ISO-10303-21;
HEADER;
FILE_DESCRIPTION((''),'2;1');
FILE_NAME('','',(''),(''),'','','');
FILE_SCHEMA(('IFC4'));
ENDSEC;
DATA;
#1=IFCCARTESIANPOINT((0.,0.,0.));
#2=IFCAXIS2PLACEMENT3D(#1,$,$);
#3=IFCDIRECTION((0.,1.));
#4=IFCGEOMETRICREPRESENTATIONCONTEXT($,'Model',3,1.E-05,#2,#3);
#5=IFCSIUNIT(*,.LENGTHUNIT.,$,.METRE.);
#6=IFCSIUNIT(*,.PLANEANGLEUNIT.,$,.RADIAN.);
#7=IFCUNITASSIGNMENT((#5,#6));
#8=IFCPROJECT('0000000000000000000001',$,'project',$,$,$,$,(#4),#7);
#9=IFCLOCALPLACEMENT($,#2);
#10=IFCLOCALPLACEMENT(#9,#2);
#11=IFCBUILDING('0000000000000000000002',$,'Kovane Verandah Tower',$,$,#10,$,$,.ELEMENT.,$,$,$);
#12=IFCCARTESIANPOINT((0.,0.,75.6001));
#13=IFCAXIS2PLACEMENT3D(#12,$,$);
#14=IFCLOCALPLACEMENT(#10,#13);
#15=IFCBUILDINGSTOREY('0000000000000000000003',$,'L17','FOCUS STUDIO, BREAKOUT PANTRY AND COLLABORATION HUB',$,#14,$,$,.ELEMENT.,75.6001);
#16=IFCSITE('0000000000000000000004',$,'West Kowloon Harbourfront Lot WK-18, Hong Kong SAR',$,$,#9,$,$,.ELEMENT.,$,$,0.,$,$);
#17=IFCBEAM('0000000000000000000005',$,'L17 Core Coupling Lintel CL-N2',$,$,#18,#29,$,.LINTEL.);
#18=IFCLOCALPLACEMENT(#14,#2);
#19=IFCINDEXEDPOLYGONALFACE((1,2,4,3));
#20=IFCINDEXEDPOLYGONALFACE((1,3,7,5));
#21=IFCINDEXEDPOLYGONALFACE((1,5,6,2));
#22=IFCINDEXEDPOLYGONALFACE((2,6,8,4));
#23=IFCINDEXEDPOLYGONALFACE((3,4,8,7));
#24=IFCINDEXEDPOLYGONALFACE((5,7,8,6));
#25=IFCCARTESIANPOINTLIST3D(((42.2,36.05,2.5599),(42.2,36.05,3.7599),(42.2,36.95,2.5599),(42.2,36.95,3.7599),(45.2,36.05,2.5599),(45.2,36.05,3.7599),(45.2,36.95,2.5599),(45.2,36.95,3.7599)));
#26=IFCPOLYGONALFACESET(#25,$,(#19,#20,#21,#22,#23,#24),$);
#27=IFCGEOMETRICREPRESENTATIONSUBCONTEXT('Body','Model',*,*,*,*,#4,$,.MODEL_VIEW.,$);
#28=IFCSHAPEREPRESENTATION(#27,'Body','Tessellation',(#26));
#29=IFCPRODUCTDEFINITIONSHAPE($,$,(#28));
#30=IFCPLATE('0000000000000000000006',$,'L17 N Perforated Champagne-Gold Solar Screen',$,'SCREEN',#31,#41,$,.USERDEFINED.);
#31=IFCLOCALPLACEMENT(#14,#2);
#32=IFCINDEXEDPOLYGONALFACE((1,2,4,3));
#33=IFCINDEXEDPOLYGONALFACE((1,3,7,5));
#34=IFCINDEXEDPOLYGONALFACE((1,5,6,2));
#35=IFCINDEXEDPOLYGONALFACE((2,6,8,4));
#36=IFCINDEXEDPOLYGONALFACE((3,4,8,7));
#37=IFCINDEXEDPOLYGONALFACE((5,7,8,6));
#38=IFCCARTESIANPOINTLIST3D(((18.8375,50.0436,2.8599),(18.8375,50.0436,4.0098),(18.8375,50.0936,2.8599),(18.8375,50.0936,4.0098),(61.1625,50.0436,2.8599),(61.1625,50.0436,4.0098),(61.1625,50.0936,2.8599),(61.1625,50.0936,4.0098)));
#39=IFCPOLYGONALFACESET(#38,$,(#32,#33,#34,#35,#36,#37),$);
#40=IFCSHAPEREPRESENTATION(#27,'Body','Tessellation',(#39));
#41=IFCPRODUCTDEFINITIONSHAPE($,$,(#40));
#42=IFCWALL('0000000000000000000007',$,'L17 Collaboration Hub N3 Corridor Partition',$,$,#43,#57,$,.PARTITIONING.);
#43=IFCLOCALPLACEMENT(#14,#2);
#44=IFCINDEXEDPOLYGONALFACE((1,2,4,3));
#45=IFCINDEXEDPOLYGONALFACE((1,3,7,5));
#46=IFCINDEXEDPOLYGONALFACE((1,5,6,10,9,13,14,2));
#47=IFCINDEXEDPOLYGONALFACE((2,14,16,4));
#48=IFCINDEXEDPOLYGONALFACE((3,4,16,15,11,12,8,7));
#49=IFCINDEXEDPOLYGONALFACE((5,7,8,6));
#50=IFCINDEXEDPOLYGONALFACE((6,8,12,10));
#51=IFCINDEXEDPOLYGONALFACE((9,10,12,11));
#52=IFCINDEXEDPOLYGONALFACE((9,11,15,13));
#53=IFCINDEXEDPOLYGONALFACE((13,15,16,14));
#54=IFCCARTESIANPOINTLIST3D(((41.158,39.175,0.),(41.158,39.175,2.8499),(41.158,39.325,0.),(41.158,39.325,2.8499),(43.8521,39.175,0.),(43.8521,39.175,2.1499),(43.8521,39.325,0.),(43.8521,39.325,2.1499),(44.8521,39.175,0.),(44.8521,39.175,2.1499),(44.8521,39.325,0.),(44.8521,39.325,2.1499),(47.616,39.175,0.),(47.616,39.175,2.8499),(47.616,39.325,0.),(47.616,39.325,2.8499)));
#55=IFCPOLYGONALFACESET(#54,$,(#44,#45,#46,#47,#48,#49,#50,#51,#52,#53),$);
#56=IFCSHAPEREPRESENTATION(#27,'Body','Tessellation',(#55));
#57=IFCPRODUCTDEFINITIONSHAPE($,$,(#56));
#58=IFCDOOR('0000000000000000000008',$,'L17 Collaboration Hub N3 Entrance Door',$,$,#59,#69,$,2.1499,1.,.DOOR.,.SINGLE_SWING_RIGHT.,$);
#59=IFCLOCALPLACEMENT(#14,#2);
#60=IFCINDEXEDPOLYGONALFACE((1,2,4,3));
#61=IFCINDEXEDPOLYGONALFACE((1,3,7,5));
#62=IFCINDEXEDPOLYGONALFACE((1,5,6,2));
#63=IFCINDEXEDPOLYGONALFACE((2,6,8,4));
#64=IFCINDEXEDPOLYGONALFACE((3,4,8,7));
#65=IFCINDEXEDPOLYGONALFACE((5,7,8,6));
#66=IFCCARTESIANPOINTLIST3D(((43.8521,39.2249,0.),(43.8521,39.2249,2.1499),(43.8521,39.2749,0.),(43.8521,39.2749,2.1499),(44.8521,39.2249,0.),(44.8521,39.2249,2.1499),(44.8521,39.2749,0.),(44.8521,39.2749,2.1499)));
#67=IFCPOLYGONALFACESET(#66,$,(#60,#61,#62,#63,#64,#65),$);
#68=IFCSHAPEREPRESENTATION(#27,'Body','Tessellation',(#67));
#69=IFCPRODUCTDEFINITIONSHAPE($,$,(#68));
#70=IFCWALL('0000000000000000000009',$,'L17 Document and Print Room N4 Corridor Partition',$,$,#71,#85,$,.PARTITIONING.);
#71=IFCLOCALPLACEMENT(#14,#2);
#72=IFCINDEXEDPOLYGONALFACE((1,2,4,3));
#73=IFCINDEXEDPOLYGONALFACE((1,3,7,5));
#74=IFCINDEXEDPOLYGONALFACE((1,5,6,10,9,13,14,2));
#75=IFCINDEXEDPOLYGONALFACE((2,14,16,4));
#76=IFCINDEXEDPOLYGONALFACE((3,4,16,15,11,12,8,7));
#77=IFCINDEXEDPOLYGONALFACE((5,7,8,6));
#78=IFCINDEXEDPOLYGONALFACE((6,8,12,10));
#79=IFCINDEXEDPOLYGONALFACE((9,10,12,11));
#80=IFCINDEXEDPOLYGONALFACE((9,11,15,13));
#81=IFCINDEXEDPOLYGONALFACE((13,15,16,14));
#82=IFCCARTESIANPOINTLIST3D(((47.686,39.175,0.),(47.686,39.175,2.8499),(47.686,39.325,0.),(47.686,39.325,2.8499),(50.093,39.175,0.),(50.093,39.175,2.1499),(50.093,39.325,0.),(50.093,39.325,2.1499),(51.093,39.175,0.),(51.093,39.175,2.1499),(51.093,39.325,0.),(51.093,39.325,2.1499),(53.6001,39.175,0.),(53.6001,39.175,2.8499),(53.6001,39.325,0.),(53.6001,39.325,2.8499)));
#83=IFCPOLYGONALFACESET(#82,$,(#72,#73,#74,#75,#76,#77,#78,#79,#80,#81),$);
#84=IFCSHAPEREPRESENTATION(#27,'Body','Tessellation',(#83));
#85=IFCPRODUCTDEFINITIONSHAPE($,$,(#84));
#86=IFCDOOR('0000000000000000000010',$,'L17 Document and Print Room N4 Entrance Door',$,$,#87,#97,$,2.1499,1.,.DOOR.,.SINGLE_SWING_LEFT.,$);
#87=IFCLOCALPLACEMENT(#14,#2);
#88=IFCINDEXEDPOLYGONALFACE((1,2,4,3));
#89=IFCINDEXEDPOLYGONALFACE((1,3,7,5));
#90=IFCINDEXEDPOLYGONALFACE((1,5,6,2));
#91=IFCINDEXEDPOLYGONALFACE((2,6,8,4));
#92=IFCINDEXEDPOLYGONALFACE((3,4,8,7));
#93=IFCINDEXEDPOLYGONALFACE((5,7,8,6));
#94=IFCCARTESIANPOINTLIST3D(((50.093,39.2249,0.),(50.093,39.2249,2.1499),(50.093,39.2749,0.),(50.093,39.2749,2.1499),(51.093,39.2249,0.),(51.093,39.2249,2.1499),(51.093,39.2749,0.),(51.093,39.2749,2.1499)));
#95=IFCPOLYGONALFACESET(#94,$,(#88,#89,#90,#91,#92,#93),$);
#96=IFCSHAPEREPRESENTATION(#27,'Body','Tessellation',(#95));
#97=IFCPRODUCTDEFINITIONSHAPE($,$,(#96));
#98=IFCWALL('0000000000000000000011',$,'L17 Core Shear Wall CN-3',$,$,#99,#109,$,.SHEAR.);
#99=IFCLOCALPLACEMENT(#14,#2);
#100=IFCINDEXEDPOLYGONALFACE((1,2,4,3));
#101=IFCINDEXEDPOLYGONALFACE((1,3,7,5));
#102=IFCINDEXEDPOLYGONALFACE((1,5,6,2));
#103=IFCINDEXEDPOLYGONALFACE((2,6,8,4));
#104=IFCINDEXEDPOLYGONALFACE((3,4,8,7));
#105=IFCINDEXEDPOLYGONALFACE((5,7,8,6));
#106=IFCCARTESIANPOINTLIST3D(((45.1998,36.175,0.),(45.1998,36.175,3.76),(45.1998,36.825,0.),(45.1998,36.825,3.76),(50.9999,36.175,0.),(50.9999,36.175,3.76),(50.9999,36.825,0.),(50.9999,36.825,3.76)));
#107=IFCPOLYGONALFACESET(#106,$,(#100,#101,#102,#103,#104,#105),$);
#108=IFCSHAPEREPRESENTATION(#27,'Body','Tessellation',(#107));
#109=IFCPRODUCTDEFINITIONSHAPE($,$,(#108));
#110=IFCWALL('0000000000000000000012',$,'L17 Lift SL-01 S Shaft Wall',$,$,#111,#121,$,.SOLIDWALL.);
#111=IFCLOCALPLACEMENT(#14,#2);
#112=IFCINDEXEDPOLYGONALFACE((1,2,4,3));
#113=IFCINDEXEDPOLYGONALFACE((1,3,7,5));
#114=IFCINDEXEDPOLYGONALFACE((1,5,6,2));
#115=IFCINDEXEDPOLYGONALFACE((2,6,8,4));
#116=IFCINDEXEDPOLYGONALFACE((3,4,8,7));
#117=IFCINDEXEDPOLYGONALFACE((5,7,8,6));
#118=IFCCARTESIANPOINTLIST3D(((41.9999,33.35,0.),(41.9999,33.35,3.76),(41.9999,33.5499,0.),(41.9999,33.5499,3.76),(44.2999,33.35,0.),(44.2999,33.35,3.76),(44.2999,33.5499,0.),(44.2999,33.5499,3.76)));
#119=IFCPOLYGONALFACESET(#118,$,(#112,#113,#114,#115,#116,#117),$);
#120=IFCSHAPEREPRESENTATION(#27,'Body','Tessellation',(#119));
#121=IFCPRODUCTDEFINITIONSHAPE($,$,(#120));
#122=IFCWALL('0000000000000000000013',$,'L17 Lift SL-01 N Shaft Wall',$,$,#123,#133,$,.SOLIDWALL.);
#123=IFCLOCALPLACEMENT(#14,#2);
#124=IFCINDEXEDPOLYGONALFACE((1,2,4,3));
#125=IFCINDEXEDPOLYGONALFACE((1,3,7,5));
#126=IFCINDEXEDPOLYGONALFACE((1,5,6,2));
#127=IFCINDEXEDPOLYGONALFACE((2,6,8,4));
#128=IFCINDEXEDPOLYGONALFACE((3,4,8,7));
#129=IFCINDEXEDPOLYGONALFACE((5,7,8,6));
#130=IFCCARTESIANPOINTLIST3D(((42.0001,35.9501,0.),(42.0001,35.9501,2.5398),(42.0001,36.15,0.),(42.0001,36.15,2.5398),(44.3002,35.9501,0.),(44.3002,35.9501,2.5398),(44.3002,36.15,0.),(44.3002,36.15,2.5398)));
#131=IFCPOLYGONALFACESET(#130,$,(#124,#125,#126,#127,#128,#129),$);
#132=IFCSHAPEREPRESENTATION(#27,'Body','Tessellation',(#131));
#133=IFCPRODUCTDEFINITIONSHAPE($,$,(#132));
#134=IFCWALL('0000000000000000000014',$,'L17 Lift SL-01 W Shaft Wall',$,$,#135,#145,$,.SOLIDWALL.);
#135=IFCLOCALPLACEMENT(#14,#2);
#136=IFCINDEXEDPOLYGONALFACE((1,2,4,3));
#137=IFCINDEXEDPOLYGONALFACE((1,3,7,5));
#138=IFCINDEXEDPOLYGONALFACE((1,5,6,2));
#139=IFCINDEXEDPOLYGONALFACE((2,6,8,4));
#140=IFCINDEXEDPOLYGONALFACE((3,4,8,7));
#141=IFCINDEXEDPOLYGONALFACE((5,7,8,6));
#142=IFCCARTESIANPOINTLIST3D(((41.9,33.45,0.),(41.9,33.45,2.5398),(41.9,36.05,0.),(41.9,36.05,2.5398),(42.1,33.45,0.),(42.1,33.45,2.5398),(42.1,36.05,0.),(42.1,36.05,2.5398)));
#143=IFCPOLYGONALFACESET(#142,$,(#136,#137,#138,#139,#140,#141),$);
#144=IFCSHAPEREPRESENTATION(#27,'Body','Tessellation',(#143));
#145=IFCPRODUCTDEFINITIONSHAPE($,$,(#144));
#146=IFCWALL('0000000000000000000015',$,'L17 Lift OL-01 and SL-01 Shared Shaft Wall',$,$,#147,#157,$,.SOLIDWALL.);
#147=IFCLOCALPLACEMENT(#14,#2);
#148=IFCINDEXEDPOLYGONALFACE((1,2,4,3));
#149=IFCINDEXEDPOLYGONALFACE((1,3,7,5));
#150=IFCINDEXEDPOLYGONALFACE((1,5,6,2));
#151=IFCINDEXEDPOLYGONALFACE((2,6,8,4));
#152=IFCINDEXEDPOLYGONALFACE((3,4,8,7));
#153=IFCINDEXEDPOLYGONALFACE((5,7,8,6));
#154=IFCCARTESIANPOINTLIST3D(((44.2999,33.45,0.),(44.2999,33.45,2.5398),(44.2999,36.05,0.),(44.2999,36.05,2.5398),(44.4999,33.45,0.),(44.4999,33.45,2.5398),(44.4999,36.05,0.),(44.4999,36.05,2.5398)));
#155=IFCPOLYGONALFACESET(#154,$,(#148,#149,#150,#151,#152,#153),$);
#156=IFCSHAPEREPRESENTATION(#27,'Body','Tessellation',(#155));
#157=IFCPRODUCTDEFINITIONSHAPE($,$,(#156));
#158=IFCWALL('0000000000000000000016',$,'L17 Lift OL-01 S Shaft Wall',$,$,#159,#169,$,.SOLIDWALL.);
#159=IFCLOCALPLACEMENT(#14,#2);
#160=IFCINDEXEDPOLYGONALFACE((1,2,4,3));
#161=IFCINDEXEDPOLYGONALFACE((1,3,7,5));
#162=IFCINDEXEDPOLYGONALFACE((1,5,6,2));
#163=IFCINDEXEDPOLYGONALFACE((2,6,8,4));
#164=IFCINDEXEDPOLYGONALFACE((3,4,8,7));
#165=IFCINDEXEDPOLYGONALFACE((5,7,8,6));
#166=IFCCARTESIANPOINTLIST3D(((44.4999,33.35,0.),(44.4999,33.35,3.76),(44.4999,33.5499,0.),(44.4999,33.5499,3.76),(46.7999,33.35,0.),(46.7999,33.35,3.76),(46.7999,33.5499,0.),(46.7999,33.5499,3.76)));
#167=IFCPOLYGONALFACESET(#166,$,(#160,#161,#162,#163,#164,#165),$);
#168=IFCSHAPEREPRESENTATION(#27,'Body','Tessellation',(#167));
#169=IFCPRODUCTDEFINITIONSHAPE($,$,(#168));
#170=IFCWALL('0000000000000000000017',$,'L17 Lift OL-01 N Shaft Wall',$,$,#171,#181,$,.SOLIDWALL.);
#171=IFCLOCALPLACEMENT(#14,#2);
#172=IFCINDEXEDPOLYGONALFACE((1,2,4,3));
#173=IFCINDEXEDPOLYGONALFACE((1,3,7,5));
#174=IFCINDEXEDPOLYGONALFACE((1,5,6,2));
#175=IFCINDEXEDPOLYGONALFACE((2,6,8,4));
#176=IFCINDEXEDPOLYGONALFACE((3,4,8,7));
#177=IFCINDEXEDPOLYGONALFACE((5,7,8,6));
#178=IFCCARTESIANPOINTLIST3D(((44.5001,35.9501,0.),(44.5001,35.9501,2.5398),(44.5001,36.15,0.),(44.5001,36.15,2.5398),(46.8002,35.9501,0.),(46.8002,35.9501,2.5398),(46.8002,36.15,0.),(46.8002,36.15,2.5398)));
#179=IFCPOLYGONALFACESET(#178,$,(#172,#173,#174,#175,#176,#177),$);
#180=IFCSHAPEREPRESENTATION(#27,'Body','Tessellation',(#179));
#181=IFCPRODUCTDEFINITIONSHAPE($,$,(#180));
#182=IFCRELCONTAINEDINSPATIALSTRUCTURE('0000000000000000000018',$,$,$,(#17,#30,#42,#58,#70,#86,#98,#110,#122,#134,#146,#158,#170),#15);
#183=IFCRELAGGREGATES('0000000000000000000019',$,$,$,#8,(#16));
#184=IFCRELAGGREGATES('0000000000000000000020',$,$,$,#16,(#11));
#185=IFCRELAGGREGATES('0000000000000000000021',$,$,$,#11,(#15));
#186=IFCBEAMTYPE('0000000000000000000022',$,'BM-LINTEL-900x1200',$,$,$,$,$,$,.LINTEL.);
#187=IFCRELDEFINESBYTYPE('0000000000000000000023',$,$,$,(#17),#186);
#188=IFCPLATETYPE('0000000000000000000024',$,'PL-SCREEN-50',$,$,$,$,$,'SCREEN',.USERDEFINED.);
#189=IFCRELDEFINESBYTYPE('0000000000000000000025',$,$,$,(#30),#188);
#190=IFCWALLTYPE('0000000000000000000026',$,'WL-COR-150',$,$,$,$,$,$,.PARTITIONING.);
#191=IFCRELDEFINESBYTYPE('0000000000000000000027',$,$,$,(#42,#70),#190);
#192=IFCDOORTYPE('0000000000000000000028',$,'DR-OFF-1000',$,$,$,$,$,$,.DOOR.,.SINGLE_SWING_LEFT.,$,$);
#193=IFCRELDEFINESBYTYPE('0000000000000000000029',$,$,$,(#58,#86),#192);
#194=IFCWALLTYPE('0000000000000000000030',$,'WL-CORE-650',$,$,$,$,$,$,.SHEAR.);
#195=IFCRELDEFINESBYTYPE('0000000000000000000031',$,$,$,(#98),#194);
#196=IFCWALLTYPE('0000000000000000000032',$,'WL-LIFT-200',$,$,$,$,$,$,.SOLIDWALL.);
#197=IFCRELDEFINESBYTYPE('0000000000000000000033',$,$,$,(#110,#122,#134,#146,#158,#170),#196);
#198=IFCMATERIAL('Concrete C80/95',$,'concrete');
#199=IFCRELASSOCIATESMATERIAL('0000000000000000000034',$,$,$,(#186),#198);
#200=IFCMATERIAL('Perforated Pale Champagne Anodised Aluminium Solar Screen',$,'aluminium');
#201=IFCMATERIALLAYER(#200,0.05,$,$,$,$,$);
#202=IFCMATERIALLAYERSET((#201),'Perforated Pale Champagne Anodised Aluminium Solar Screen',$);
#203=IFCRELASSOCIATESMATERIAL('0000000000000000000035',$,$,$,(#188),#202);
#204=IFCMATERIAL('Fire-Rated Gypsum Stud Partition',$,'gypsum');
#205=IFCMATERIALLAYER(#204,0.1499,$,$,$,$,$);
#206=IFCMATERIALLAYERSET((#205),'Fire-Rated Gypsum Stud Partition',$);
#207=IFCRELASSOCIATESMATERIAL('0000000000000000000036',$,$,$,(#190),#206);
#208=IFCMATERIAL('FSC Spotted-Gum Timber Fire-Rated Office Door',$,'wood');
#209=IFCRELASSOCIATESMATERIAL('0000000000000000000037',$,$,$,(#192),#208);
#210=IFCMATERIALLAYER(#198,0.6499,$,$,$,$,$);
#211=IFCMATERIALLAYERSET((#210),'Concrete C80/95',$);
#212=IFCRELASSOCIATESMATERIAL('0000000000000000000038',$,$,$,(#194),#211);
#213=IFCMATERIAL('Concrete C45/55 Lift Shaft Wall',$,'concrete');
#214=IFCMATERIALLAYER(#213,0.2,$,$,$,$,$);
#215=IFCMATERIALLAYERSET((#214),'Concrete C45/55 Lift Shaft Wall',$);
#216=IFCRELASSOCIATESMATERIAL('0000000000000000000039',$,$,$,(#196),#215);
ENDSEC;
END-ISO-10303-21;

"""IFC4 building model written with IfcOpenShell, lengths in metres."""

from ifc_helpers import new_model, si_unit, direction, frame, frame_2d, origin, origin_2d, place, context, subcontext, project, spatial, rectangle, extrude, material, layer, layer_set, material_profile, profile_set, type_object, element, fill, save


model = new_model("IFC4")

# Units and contexts
model_context = context("Model", 3, precision=1e-05, world=origin(), true_north=direction((0.0, 1.0)))
body_context = subcontext(model_context, "Body", "Model", "MODEL_VIEW")
ifc_project = project(units=[si_unit("LENGTHUNIT", "METRE"), si_unit("PLANEANGLEUNIT", "RADIAN")], contexts=[model_context])

# Site, building, storey
site_placement = place(None, origin())
site = spatial("IfcSite", under=ifc_project, at=site_placement, Name="West Kowloon Harbourfront Lot WK-18, Hong Kong SAR", CompositionType="ELEMENT", RefElevation=0.0)
building_placement = place(site_placement, origin())
building = spatial("IfcBuilding", under=site, at=building_placement, Name="Kovane Verandah Tower", CompositionType="ELEMENT")
storey_placement = place(building_placement, frame((0.0, 0.0, 75.6001)))
storey = spatial("IfcBuildingStorey", under=building, at=storey_placement, Name="L17", Description="FOCUS STUDIO, BREAKOUT PANTRY AND COLLABORATION HUB", CompositionType="ELEMENT", Elevation=75.6001)

# Beam
ifc_material_1 = material(Name="Concrete C80/95", Category="concrete")
ifc_material_profile = material_profile(ifc_material_1, rectangle(XDim=0.8999, YDim=1.2, at=origin_2d()), Name="RCB900x1200")
ifc_profile_set = profile_set([ifc_material_profile], Name="Concrete C80/95")
beam_type = type_object("IfcBeamType", Name="BM-LINTEL-900x1200", PredefinedType="LINTEL", material=ifc_profile_set)
beam_placement = place(storey_placement, frame((42.2, 36.5, 3.1599), z_axis=(1.0, 0.0, 0.0), x_axis=(0.0, 1.0, 0.0)))
element("IfcBeam", 1, at=beam_placement, inside=storey, type_object=beam_type, Name="L17 Core Coupling Lintel CL-N2", PredefinedType="LINTEL", context=body_context, shape_type="SweptSolid", body=[
    extrude(rectangle(XDim=0.8999, YDim=1.2, at=origin_2d()), origin(), (0.0, 0.0, 1.0), 3.0),
])

# Plate
ifc_material_2 = material(Name="Perforated Pale Champagne Anodised Aluminium Solar Screen", Category="aluminium")
ifc_layer_1 = layer(ifc_material_2, 0.05)
ifc_layer_set_1 = layer_set([ifc_layer_1], Name="Perforated Pale Champagne Anodised Aluminium Solar Screen")
plate_type = type_object("IfcPlateType", Name="PL-SCREEN-50", ElementType="SCREEN", PredefinedType="USERDEFINED", material=ifc_layer_set_1)
plate_placement = place(storey_placement, frame((40.0, 50.0686, 2.8599), z_axis=(0.0, 0.0, 1.0), x_axis=(-1.0, 0.0, 0.0)))
element("IfcPlate", 2, at=plate_placement, inside=storey, type_object=plate_type, Name="L17 N Perforated Champagne-Gold Solar Screen", ObjectType="SCREEN", PredefinedType="USERDEFINED", context=body_context, shape_type="SweptSolid", body=[
    extrude(rectangle(XDim=42.325, YDim=0.05, at=origin_2d()), origin(), (0.0, 0.0, 1.0), 1.1499),
])

# Walls, openings, doors
ifc_material_3 = material(Name="Fire-Rated Gypsum Stud Partition", Category="gypsum")
ifc_layer_2 = layer(ifc_material_3, 0.1499)
ifc_layer_set_2 = layer_set([ifc_layer_2], Name="Fire-Rated Gypsum Stud Partition")
wall_type_1 = type_object("IfcWallType", Name="WL-COR-150", PredefinedType="PARTITIONING", material=ifc_layer_set_2)
wall_1_placement = place(storey_placement, frame((41.158, 39.25, 0.0), z_axis=(0.0, 0.0, 1.0), x_axis=(1.0, 0.0, 0.0)))
wall_1 = element("IfcWall", 3, at=wall_1_placement, inside=storey, type_object=wall_type_1, Name="L17 Collaboration Hub N3 Corridor Partition", PredefinedType="PARTITIONING", context=body_context, shape_type="SweptSolid", body=[
    extrude(rectangle(XDim=6.458, YDim=0.1499, at=frame_2d((3.229, 0.0))), origin(), (0.0, 0.0, 1.0), 2.8499),
])
opening_1_placement = place(wall_1_placement, frame((2.6941, 0.0, 0.0)))
opening_1 = element("IfcOpeningElement", 4, at=opening_1_placement, cuts=wall_1, PredefinedType="OPENING", context=body_context, shape_type="SweptSolid", body=[
    extrude(rectangle(XDim=1.0, YDim=2.1499, at=frame_2d((0.5, 1.075))), frame((0.0, 0.075, 0.0), z_axis=(0.0, -1.0, 0.0), x_axis=(1.0, 0.0, 0.0)), (0.0, 0.0, 1.0), 0.1499),
])
ifc_material_4 = material(Name="FSC Spotted-Gum Timber Fire-Rated Office Door", Category="wood")
door_type = type_object("IfcDoorType", Name="DR-OFF-1000", OperationType="SINGLE_SWING_LEFT", PredefinedType="DOOR", material=ifc_material_4)
door_1_placement = place(opening_1_placement, origin())
door_1 = element("IfcDoor", 5, at=door_1_placement, inside=storey, type_object=door_type, Name="L17 Collaboration Hub N3 Entrance Door", OperationType="SINGLE_SWING_RIGHT", OverallHeight=2.1499, OverallWidth=1.0, PredefinedType="DOOR", context=body_context, shape_type="SweptSolid", body=[
    extrude(rectangle(XDim=1.0, YDim=2.1499, at=frame_2d((0.5, 1.075))), frame((0.0, 0.0249, 0.0), z_axis=(0.0, -1.0, 0.0), x_axis=(1.0, 0.0, 0.0)), (0.0, 0.0, 1.0), 0.05),
])
fill(opening_1, door_1)
wall_2_placement = place(storey_placement, frame((47.686, 39.25, 0.0), z_axis=(0.0, 0.0, 1.0), x_axis=(1.0, 0.0, 0.0)))
wall_2 = element("IfcWall", 6, at=wall_2_placement, inside=storey, type_object=wall_type_1, Name="L17 Document and Print Room N4 Corridor Partition", PredefinedType="PARTITIONING", context=body_context, shape_type="SweptSolid", body=[
    extrude(rectangle(XDim=5.9141, YDim=0.1499, at=frame_2d((2.957, 0.0))), origin(), (0.0, 0.0, 1.0), 2.8499),
])
opening_2_placement = place(wall_2_placement, frame((2.407, 0.0, 0.0)))
opening_2 = element("IfcOpeningElement", 7, at=opening_2_placement, cuts=wall_2, PredefinedType="OPENING", context=body_context, shape_type="SweptSolid", body=[
    extrude(rectangle(XDim=1.0, YDim=2.1499, at=frame_2d((0.5, 1.075))), frame((0.0, 0.075, 0.0), z_axis=(0.0, -1.0, 0.0), x_axis=(1.0, 0.0, 0.0)), (0.0, 0.0, 1.0), 0.1499),
])
door_2_placement = place(opening_2_placement, origin())
door_2 = element("IfcDoor", 8, at=door_2_placement, inside=storey, type_object=door_type, Name="L17 Document and Print Room N4 Entrance Door", OperationType="SINGLE_SWING_LEFT", OverallHeight=2.1499, OverallWidth=1.0, PredefinedType="DOOR", context=body_context, shape_type="SweptSolid", body=[
    extrude(rectangle(XDim=1.0, YDim=2.1499, at=frame_2d((0.5, 1.075))), frame((0.0, 0.0249, 0.0), z_axis=(0.0, -1.0, 0.0), x_axis=(1.0, 0.0, 0.0)), (0.0, 0.0, 1.0), 0.05),
])
fill(opening_2, door_2)

# Walls
ifc_layer_3 = layer(ifc_material_1, 0.6499)
ifc_layer_set_3 = layer_set([ifc_layer_3], Name="Concrete C80/95")
wall_type_2 = type_object("IfcWallType", Name="WL-CORE-650", PredefinedType="SHEAR", material=ifc_layer_set_3)
wall_3_placement = place(storey_placement, frame((45.2, 36.5, 0.0), z_axis=(0.0, 0.0, 1.0), x_axis=(1.0, 0.0, 0.0)))
element("IfcWall", 9, at=wall_3_placement, inside=storey, type_object=wall_type_2, Name="L17 Core Shear Wall CN-3", PredefinedType="SHEAR", context=body_context, shape_type="SweptSolid", body=[
    extrude(rectangle(XDim=5.8, YDim=0.6499, at=frame_2d((2.8999, 0.0))), origin(), (0.0, 0.0, 1.0), 3.76),
])
ifc_material_5 = material(Name="Concrete C45/55 Lift Shaft Wall", Category="concrete")
ifc_layer_4 = layer(ifc_material_5, 0.2)
ifc_layer_set_4 = layer_set([ifc_layer_4], Name="Concrete C45/55 Lift Shaft Wall")
wall_type_3 = type_object("IfcWallType", Name="WL-LIFT-200", PredefinedType="SOLIDWALL", material=ifc_layer_set_4)
wall_4_placement = place(storey_placement, frame((42.0, 33.45, 0.0), z_axis=(0.0, 0.0, 1.0), x_axis=(1.0, 0.0, 0.0)))
element("IfcWall", 10, at=wall_4_placement, inside=storey, type_object=wall_type_3, Name="L17 Lift SL-01 S Shaft Wall", PredefinedType="SOLIDWALL", context=body_context, shape_type="SweptSolid", body=[
    extrude(rectangle(XDim=2.3, YDim=0.2, at=frame_2d((1.1499, 0.0))), origin(), (0.0, 0.0, 1.0), 3.76),
])
wall_5_placement = place(storey_placement, frame((44.3, 36.05, 0.0), z_axis=(0.0, 0.0, 1.0), x_axis=(-1.0, 0.0, 0.0)))
element("IfcWall", 11, at=wall_5_placement, inside=storey, type_object=wall_type_3, Name="L17 Lift SL-01 N Shaft Wall", PredefinedType="SOLIDWALL", context=body_context, shape_type="SweptSolid", body=[
    extrude(rectangle(XDim=2.3, YDim=0.2, at=frame_2d((1.1499, 0.0))), origin(), (0.0, 0.0, 1.0), 2.5398),
])
for number, where, z_axis, x_axis, name in (
    (12, (42.0, 36.05, 0.0), (0.0, 0.0, 1.0), (0.0, -1.0, 0.0), "L17 Lift SL-01 W Shaft Wall"),
    (13, (44.3999, 33.45, 0.0), (0.0, 0.0, 1.0), (0.0, 1.0, 0.0), "L17 Lift OL-01 and SL-01 Shared Shaft Wall"),
):
    element("IfcWall", number, at=place(storey_placement, frame(where, z_axis=z_axis, x_axis=x_axis)), inside=storey, type_object=wall_type_3, Name=name, PredefinedType="SOLIDWALL", context=body_context, shape_type="SweptSolid", body=[
        extrude(rectangle(XDim=2.6001, YDim=0.2, at=frame_2d((1.3, 0.0))), origin(), (0.0, 0.0, 1.0), 2.5398),
    ])
wall_6_placement = place(storey_placement, frame((44.5, 33.45, 0.0), z_axis=(0.0, 0.0, 1.0), x_axis=(1.0, 0.0, 0.0)))
element("IfcWall", 14, at=wall_6_placement, inside=storey, type_object=wall_type_3, Name="L17 Lift OL-01 S Shaft Wall", PredefinedType="SOLIDWALL", context=body_context, shape_type="SweptSolid", body=[
    extrude(rectangle(XDim=2.3, YDim=0.2, at=frame_2d((1.1499, 0.0))), origin(), (0.0, 0.0, 1.0), 3.76),
])
wall_7_placement = place(storey_placement, frame((46.8, 36.05, 0.0), z_axis=(0.0, 0.0, 1.0), x_axis=(-1.0, 0.0, 0.0)))
element("IfcWall", 15, at=wall_7_placement, inside=storey, type_object=wall_type_3, Name="L17 Lift OL-01 N Shaft Wall", PredefinedType="SOLIDWALL", context=body_context, shape_type="SweptSolid", body=[
    extrude(rectangle(XDim=2.3, YDim=0.2, at=frame_2d((1.1499, 0.0))), origin(), (0.0, 0.0, 1.0), 2.5398),
])

save(model, "model.ifc")
